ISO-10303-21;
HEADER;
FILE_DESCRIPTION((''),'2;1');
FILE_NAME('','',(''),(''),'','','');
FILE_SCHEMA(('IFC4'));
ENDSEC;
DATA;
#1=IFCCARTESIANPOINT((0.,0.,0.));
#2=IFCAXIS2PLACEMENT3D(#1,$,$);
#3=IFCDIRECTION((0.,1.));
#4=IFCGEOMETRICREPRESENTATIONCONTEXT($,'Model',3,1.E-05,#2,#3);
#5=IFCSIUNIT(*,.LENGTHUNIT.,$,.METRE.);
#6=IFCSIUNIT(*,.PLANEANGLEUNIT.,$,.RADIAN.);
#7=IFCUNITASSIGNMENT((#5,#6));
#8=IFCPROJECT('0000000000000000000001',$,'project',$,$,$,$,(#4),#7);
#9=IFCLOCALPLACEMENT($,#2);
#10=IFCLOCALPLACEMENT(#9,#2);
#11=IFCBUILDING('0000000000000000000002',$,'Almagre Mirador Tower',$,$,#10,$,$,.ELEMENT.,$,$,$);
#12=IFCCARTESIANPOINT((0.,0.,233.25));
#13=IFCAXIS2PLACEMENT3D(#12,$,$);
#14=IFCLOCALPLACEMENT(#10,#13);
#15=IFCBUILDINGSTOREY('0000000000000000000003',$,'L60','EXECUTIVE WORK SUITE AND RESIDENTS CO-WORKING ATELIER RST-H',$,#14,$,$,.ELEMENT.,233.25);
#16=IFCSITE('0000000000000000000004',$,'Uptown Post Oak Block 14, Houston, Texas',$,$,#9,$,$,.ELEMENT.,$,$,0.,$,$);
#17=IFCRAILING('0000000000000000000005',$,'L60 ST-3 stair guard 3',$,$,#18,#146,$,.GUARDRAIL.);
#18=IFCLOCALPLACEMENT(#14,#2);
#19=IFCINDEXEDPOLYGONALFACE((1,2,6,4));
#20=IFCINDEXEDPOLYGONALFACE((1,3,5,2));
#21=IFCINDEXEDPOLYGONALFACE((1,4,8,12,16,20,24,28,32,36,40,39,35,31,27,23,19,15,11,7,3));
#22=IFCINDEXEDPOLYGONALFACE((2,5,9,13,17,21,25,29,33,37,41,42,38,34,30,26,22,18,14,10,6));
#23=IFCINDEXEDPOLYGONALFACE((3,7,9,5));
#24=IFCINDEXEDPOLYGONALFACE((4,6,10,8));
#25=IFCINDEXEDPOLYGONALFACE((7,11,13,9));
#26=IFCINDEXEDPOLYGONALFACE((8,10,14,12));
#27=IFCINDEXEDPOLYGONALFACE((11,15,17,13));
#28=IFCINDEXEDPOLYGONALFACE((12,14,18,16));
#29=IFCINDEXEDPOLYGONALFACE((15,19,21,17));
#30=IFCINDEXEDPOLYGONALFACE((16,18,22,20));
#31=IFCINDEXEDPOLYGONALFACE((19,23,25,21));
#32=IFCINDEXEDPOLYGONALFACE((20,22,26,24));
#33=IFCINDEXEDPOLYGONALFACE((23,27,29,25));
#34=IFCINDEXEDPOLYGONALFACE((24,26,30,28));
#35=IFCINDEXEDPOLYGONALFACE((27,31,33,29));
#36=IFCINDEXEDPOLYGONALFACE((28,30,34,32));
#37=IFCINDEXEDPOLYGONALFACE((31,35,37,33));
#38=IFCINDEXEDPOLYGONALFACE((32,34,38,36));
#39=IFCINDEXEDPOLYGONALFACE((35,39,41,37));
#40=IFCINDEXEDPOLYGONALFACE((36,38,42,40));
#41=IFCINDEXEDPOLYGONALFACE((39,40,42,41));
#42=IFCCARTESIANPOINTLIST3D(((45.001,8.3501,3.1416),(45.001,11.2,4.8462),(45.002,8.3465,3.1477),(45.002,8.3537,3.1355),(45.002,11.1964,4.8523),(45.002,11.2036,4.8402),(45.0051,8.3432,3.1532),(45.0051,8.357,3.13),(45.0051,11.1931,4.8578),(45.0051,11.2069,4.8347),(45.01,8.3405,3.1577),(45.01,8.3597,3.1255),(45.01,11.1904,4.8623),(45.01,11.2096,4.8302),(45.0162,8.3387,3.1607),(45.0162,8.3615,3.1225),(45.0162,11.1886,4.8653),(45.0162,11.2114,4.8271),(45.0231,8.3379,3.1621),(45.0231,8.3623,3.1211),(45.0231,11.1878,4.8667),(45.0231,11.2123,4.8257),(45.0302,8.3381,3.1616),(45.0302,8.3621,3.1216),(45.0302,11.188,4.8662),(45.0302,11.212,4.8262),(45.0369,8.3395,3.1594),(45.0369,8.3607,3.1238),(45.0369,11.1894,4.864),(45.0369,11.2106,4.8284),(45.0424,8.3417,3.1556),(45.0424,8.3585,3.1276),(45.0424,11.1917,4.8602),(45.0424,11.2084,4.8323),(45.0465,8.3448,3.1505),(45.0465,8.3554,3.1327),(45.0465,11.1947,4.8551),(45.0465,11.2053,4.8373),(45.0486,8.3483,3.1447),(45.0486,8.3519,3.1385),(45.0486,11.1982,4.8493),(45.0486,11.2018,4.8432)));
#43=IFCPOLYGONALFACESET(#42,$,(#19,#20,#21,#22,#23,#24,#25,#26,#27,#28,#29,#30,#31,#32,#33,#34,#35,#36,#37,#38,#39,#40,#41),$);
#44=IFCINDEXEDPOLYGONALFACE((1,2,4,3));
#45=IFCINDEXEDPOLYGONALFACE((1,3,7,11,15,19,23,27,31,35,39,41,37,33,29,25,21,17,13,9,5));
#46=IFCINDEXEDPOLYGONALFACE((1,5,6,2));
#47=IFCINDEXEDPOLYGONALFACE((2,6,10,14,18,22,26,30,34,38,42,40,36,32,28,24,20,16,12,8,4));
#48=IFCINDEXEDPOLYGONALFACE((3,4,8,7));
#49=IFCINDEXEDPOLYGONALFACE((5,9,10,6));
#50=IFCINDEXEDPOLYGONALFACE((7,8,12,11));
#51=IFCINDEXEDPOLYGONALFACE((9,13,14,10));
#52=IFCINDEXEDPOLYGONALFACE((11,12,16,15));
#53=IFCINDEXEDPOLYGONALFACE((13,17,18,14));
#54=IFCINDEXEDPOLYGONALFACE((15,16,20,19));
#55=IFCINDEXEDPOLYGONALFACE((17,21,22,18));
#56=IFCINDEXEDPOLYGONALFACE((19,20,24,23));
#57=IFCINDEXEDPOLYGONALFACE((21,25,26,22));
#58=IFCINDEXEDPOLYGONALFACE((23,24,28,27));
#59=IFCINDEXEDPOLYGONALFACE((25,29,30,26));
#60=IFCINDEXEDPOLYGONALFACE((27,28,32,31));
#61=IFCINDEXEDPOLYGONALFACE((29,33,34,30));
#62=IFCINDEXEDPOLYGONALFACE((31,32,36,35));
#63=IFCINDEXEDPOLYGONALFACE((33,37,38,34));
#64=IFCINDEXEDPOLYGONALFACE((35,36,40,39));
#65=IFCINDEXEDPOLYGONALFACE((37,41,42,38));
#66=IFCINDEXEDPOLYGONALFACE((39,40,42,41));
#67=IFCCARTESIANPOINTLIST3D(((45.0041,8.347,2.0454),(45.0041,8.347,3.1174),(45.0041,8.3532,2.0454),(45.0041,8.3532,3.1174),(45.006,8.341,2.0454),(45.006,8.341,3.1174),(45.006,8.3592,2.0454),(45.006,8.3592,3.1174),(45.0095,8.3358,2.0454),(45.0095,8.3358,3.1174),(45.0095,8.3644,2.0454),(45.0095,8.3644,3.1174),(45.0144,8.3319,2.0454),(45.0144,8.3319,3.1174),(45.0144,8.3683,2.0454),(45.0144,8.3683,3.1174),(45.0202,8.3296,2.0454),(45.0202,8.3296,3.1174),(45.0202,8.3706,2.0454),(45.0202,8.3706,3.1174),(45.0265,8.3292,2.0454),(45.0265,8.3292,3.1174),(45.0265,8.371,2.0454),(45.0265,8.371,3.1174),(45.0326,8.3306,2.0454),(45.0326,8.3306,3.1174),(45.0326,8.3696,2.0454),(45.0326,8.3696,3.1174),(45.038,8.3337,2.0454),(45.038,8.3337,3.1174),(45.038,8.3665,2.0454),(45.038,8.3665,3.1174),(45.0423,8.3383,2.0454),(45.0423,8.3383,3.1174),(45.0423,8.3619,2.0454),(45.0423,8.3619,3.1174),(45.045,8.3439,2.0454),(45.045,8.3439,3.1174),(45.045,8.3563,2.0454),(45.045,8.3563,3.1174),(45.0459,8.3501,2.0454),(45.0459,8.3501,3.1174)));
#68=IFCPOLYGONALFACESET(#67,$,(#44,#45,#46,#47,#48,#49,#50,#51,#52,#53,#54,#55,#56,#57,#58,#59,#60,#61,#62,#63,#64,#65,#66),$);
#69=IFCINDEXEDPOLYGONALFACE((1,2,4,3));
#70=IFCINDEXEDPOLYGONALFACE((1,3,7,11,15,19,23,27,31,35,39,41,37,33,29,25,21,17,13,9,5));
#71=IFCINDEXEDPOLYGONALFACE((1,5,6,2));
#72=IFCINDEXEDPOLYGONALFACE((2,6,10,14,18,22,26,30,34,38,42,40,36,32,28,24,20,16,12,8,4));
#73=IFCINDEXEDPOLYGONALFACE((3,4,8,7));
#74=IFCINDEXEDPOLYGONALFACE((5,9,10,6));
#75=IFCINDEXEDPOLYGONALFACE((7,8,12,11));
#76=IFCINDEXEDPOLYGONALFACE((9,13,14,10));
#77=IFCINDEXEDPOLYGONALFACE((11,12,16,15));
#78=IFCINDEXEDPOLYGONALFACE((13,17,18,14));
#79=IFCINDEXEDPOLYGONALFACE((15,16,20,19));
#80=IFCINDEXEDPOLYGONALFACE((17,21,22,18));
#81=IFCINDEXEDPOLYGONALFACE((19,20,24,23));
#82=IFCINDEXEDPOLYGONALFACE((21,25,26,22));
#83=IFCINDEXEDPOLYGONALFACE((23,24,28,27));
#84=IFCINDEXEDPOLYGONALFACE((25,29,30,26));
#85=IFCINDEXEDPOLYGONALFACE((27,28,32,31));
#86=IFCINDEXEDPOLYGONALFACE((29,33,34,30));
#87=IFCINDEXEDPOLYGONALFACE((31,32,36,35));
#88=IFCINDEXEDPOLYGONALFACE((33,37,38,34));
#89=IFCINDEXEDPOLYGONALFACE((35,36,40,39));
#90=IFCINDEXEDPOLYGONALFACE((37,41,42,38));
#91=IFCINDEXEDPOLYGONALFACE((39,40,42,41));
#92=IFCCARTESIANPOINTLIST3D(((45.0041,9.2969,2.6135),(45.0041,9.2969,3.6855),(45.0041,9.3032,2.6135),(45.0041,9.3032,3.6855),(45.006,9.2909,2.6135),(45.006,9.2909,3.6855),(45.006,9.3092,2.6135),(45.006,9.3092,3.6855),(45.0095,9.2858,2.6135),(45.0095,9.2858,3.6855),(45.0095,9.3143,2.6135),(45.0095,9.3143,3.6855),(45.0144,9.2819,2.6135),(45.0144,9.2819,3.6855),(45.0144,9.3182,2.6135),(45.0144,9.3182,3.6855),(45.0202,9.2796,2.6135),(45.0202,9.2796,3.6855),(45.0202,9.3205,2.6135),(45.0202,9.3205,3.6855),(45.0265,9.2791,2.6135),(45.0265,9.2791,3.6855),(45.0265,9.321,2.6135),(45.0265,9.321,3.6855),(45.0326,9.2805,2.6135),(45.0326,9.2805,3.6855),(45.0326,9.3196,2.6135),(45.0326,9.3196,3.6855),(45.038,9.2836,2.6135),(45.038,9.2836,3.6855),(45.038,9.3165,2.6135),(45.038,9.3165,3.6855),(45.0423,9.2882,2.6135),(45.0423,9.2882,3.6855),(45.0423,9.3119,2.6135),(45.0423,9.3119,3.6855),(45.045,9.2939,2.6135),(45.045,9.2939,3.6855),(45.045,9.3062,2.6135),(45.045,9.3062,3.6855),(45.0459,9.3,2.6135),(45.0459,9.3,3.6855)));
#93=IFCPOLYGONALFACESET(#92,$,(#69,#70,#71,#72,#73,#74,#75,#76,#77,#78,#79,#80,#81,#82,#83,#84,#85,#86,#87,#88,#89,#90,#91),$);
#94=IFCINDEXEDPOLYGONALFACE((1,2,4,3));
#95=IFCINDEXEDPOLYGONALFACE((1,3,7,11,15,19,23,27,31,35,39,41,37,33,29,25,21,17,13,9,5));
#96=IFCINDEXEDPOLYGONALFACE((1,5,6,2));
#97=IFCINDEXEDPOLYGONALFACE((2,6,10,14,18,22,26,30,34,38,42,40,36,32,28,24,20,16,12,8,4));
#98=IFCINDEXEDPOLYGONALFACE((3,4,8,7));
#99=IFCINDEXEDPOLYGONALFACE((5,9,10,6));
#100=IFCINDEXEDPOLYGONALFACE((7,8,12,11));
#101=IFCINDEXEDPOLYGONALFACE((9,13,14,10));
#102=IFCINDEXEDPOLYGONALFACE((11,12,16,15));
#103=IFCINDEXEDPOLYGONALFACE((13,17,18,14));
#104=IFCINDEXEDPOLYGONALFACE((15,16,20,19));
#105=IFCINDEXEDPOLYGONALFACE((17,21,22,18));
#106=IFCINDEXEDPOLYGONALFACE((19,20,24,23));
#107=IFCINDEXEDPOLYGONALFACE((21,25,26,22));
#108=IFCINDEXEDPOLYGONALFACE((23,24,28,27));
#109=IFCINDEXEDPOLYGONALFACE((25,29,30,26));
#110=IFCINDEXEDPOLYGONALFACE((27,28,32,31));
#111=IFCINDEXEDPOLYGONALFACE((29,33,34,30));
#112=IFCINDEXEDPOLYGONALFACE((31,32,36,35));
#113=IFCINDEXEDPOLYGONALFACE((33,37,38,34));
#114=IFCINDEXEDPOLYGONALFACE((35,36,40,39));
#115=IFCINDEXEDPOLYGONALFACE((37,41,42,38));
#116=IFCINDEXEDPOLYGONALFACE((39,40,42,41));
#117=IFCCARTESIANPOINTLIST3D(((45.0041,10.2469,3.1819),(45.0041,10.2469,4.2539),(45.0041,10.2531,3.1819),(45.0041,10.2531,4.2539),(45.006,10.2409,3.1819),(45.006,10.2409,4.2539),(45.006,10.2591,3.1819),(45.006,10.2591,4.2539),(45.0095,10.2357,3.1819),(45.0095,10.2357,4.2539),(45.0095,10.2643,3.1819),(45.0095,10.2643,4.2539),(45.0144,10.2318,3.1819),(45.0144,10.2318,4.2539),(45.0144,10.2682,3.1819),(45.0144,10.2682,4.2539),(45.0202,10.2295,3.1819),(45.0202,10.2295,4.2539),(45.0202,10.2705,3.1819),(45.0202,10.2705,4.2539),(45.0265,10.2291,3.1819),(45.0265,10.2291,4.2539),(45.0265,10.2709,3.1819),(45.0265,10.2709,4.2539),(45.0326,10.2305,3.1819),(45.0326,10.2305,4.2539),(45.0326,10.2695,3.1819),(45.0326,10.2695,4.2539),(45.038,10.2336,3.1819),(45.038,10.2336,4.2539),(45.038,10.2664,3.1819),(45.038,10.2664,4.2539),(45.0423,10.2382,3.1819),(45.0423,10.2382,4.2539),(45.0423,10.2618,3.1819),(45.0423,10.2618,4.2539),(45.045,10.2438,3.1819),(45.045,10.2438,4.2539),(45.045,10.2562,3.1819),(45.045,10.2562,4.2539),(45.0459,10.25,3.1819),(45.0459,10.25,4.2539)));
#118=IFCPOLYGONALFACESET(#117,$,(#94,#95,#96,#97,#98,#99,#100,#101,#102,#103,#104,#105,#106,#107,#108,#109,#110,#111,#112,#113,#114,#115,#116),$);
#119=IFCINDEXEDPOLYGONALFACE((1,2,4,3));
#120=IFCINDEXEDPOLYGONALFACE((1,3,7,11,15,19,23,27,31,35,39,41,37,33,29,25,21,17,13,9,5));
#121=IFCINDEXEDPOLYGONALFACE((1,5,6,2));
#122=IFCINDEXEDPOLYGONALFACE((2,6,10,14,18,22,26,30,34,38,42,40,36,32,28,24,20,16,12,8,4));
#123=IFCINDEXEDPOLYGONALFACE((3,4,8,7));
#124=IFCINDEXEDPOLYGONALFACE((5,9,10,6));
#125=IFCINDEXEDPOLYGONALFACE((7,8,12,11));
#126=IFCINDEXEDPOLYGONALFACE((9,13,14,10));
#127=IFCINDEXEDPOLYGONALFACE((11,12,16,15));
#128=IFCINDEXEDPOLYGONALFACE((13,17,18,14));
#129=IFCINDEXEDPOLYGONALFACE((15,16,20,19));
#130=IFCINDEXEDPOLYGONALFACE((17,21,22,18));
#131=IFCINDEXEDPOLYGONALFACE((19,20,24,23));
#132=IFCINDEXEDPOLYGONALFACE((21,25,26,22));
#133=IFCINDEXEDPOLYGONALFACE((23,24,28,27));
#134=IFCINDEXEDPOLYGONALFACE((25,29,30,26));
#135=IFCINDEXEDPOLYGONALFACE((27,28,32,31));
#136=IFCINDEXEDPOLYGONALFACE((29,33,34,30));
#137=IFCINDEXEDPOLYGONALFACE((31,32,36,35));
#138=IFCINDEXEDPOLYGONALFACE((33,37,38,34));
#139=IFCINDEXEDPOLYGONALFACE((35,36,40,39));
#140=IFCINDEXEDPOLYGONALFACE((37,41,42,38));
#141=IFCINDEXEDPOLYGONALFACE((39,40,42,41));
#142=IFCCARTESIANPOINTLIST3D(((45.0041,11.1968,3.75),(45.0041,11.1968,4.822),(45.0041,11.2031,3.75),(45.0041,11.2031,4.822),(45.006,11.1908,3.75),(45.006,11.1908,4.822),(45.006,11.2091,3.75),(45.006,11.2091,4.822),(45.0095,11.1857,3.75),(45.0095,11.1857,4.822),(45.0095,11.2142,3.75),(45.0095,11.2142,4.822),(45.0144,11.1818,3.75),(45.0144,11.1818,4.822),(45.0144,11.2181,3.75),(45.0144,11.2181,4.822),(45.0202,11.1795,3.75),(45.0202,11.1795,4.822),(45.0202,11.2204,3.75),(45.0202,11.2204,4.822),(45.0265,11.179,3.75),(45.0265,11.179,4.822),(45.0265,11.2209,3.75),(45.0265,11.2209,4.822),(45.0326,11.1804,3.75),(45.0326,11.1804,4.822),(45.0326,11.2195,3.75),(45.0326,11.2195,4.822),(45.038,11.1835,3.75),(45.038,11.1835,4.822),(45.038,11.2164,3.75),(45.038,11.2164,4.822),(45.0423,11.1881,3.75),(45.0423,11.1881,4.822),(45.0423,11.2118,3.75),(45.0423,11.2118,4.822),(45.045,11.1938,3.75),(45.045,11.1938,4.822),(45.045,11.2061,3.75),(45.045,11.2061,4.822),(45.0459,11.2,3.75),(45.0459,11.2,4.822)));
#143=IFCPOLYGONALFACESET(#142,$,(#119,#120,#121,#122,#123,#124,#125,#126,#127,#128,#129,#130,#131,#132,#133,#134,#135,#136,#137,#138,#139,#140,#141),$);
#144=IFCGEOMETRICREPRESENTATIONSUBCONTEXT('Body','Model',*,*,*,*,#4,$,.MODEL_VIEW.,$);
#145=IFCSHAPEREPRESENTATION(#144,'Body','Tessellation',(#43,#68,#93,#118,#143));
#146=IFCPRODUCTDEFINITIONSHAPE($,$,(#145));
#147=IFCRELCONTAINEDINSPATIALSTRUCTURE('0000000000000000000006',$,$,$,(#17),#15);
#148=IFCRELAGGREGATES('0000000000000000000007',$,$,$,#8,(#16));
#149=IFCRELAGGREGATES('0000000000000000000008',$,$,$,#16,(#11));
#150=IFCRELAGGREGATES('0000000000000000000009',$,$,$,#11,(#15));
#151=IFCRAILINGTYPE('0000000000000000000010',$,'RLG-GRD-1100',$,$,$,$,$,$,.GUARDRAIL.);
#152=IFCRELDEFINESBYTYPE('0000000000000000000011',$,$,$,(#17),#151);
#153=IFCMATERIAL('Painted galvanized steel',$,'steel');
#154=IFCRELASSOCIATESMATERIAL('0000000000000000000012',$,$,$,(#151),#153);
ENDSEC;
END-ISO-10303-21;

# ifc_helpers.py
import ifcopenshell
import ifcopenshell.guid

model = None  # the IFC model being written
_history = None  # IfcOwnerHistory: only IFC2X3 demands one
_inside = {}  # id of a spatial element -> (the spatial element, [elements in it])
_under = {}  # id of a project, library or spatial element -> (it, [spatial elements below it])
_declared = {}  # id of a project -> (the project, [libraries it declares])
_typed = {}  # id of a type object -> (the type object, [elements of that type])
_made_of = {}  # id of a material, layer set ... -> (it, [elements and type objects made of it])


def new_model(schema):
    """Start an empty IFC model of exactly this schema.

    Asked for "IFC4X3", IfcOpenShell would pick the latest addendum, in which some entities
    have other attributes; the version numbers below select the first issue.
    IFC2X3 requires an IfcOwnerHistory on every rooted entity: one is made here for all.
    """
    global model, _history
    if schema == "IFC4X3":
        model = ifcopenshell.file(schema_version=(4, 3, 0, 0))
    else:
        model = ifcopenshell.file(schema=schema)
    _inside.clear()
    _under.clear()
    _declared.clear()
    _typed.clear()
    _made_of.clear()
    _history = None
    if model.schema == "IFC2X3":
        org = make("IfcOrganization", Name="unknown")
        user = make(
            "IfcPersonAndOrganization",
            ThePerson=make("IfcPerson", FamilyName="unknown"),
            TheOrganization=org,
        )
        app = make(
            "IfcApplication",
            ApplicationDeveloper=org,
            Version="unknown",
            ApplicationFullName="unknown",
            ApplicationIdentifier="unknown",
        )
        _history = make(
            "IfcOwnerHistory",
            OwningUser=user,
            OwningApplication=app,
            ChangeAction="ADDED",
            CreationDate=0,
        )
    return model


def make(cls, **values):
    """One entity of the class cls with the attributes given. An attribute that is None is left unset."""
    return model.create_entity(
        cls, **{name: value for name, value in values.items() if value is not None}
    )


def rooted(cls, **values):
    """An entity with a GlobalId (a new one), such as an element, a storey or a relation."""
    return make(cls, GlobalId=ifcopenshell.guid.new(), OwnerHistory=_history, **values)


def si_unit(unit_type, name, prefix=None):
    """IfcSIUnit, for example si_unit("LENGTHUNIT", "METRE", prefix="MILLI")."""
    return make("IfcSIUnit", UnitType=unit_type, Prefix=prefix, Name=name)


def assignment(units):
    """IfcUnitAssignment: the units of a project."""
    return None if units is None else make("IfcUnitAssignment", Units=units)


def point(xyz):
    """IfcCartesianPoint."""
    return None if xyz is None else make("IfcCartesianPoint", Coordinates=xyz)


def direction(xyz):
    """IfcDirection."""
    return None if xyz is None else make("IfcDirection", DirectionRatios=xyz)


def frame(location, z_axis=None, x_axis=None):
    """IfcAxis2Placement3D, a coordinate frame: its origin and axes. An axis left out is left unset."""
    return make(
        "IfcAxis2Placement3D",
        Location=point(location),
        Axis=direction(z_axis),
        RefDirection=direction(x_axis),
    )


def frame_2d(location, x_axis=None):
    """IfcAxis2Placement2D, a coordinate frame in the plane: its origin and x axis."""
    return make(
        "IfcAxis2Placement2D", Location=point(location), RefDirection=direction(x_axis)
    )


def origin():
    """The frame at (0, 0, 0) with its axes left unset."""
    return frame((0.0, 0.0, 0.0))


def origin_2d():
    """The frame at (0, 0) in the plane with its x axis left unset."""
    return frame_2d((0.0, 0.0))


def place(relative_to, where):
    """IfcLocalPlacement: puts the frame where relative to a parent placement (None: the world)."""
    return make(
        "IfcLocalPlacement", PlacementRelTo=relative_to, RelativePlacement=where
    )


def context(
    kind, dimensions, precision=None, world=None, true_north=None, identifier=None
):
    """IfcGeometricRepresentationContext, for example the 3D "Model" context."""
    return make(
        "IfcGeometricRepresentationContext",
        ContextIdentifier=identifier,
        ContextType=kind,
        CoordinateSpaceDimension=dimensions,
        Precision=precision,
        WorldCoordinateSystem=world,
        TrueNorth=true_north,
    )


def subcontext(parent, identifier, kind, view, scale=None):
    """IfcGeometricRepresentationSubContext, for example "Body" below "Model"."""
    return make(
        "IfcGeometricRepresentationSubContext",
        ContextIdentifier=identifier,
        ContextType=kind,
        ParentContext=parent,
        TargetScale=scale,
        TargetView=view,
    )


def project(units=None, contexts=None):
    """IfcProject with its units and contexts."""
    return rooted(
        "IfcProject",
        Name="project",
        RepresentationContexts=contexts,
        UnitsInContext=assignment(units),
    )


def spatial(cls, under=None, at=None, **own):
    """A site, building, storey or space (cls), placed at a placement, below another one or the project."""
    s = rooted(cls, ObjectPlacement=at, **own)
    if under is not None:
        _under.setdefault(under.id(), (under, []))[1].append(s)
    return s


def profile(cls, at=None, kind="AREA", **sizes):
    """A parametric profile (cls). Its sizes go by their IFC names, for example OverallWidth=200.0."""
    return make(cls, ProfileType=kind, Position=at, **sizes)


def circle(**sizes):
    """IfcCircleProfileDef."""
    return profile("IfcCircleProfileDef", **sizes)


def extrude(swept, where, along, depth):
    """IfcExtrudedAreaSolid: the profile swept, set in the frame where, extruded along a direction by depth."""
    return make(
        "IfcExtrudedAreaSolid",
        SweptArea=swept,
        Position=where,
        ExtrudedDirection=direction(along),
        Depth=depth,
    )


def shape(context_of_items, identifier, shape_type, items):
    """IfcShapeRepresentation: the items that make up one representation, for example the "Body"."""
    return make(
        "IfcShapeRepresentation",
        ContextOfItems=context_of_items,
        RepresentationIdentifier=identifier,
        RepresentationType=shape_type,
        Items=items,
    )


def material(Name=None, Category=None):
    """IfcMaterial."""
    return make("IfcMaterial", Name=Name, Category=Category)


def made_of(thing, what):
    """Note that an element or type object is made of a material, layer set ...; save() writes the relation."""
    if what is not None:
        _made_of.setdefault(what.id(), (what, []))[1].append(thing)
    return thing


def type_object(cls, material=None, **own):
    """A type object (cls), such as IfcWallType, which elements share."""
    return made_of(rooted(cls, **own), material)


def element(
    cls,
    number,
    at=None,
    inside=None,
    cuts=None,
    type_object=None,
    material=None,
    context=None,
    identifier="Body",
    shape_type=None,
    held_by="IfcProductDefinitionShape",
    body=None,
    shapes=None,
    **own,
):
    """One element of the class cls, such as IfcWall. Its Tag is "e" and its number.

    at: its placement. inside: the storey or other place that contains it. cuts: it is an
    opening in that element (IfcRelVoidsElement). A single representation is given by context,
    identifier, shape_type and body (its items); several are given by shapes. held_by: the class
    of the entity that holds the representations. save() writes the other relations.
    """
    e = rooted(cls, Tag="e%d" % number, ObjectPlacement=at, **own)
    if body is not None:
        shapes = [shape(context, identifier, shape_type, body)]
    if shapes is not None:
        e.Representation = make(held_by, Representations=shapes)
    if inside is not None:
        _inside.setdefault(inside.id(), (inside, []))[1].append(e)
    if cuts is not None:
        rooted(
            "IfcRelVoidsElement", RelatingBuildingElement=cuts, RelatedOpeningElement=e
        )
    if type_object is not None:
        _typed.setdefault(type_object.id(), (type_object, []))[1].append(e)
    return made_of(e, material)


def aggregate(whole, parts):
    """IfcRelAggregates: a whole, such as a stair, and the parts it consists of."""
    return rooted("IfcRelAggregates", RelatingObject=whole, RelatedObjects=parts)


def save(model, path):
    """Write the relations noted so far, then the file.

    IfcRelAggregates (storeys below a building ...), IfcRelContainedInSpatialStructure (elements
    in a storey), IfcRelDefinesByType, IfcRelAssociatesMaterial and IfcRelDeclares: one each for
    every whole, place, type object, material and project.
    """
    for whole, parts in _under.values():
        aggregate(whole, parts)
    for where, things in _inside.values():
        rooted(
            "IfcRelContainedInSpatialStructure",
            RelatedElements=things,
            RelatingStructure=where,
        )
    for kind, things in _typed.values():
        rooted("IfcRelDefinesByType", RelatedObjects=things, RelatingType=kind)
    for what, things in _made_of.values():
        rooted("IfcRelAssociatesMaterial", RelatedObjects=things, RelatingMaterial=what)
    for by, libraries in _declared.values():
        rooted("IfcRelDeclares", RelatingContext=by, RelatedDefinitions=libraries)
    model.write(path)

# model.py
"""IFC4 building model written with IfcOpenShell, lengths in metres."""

from ifc_helpers import new_model, si_unit, direction, frame, origin, origin_2d, place, context, subcontext, project, spatial, circle, extrude, material, type_object, element, save


model = new_model("IFC4")

# Units and contexts
model_context = context("Model", 3, precision=1e-05, world=origin(), true_north=direction((0.0, 1.0)))
body_context = subcontext(model_context, "Body", "Model", "MODEL_VIEW")
ifc_project = project(units=[si_unit("LENGTHUNIT", "METRE"), si_unit("PLANEANGLEUNIT", "RADIAN")], contexts=[model_context])

# Site, building, storey
site_placement = place(None, origin())
site = spatial("IfcSite", under=ifc_project, at=site_placement, Name="Uptown Post Oak Block 14, Houston, Texas", CompositionType="ELEMENT", RefElevation=0.0)
building_placement = place(site_placement, origin())
building = spatial("IfcBuilding", under=site, at=building_placement, Name="Almagre Mirador Tower", CompositionType="ELEMENT")
storey_placement = place(building_placement, frame((0.0, 0.0, 233.25)))
storey = spatial("IfcBuildingStorey", under=building, at=storey_placement, Name="L60", Description="EXECUTIVE WORK SUITE AND RESIDENTS CO-WORKING ATELIER RST-H", CompositionType="ELEMENT", Elevation=233.25)

# Railing
ifc_material_1 = material(Name="Painted galvanized steel", Category="steel")
railing_type_1 = type_object("IfcRailingType", Name="RLG-GRD-1100", PredefinedType="GUARDRAIL", material=ifc_material_1)
railing_1_placement = place(storey_placement, frame((45.0249, 8.3501, 2.0454)))
element("IfcRailing", 1, at=railing_1_placement, inside=storey, type_object=railing_type_1, Name="L60 ST-3 stair guard 3", PredefinedType="GUARDRAIL", context=body_context, shape_type="SweptSolid", body=[
    extrude(circle(Radius=0.0239, at=origin_2d()), frame((0.0, 0.0, 1.0962), z_axis=(0.0, 0.858199, 0.513317), x_axis=(-1.0, 0.0, 0.0)), (0.0, 0.0, 1.0), 3.3208),
    extrude(circle(Radius=0.021, at=origin_2d()), origin(), (0.0, 0.0, 1.0), 1.072),
    extrude(circle(Radius=0.021, at=origin_2d()), frame((0.0, 0.95, 0.5681)), (0.0, 0.0, 1.0), 1.072),
    extrude(circle(Radius=0.021, at=origin_2d()), frame((0.0, 1.8999, 1.1365)), (0.0, 0.0, 1.0), 1.072),
    extrude(circle(Radius=0.021, at=origin_2d()), frame((0.0, 2.8499, 1.7046)), (0.0, 0.0, 1.0), 1.072),
])

save(model, "model.ifc")
